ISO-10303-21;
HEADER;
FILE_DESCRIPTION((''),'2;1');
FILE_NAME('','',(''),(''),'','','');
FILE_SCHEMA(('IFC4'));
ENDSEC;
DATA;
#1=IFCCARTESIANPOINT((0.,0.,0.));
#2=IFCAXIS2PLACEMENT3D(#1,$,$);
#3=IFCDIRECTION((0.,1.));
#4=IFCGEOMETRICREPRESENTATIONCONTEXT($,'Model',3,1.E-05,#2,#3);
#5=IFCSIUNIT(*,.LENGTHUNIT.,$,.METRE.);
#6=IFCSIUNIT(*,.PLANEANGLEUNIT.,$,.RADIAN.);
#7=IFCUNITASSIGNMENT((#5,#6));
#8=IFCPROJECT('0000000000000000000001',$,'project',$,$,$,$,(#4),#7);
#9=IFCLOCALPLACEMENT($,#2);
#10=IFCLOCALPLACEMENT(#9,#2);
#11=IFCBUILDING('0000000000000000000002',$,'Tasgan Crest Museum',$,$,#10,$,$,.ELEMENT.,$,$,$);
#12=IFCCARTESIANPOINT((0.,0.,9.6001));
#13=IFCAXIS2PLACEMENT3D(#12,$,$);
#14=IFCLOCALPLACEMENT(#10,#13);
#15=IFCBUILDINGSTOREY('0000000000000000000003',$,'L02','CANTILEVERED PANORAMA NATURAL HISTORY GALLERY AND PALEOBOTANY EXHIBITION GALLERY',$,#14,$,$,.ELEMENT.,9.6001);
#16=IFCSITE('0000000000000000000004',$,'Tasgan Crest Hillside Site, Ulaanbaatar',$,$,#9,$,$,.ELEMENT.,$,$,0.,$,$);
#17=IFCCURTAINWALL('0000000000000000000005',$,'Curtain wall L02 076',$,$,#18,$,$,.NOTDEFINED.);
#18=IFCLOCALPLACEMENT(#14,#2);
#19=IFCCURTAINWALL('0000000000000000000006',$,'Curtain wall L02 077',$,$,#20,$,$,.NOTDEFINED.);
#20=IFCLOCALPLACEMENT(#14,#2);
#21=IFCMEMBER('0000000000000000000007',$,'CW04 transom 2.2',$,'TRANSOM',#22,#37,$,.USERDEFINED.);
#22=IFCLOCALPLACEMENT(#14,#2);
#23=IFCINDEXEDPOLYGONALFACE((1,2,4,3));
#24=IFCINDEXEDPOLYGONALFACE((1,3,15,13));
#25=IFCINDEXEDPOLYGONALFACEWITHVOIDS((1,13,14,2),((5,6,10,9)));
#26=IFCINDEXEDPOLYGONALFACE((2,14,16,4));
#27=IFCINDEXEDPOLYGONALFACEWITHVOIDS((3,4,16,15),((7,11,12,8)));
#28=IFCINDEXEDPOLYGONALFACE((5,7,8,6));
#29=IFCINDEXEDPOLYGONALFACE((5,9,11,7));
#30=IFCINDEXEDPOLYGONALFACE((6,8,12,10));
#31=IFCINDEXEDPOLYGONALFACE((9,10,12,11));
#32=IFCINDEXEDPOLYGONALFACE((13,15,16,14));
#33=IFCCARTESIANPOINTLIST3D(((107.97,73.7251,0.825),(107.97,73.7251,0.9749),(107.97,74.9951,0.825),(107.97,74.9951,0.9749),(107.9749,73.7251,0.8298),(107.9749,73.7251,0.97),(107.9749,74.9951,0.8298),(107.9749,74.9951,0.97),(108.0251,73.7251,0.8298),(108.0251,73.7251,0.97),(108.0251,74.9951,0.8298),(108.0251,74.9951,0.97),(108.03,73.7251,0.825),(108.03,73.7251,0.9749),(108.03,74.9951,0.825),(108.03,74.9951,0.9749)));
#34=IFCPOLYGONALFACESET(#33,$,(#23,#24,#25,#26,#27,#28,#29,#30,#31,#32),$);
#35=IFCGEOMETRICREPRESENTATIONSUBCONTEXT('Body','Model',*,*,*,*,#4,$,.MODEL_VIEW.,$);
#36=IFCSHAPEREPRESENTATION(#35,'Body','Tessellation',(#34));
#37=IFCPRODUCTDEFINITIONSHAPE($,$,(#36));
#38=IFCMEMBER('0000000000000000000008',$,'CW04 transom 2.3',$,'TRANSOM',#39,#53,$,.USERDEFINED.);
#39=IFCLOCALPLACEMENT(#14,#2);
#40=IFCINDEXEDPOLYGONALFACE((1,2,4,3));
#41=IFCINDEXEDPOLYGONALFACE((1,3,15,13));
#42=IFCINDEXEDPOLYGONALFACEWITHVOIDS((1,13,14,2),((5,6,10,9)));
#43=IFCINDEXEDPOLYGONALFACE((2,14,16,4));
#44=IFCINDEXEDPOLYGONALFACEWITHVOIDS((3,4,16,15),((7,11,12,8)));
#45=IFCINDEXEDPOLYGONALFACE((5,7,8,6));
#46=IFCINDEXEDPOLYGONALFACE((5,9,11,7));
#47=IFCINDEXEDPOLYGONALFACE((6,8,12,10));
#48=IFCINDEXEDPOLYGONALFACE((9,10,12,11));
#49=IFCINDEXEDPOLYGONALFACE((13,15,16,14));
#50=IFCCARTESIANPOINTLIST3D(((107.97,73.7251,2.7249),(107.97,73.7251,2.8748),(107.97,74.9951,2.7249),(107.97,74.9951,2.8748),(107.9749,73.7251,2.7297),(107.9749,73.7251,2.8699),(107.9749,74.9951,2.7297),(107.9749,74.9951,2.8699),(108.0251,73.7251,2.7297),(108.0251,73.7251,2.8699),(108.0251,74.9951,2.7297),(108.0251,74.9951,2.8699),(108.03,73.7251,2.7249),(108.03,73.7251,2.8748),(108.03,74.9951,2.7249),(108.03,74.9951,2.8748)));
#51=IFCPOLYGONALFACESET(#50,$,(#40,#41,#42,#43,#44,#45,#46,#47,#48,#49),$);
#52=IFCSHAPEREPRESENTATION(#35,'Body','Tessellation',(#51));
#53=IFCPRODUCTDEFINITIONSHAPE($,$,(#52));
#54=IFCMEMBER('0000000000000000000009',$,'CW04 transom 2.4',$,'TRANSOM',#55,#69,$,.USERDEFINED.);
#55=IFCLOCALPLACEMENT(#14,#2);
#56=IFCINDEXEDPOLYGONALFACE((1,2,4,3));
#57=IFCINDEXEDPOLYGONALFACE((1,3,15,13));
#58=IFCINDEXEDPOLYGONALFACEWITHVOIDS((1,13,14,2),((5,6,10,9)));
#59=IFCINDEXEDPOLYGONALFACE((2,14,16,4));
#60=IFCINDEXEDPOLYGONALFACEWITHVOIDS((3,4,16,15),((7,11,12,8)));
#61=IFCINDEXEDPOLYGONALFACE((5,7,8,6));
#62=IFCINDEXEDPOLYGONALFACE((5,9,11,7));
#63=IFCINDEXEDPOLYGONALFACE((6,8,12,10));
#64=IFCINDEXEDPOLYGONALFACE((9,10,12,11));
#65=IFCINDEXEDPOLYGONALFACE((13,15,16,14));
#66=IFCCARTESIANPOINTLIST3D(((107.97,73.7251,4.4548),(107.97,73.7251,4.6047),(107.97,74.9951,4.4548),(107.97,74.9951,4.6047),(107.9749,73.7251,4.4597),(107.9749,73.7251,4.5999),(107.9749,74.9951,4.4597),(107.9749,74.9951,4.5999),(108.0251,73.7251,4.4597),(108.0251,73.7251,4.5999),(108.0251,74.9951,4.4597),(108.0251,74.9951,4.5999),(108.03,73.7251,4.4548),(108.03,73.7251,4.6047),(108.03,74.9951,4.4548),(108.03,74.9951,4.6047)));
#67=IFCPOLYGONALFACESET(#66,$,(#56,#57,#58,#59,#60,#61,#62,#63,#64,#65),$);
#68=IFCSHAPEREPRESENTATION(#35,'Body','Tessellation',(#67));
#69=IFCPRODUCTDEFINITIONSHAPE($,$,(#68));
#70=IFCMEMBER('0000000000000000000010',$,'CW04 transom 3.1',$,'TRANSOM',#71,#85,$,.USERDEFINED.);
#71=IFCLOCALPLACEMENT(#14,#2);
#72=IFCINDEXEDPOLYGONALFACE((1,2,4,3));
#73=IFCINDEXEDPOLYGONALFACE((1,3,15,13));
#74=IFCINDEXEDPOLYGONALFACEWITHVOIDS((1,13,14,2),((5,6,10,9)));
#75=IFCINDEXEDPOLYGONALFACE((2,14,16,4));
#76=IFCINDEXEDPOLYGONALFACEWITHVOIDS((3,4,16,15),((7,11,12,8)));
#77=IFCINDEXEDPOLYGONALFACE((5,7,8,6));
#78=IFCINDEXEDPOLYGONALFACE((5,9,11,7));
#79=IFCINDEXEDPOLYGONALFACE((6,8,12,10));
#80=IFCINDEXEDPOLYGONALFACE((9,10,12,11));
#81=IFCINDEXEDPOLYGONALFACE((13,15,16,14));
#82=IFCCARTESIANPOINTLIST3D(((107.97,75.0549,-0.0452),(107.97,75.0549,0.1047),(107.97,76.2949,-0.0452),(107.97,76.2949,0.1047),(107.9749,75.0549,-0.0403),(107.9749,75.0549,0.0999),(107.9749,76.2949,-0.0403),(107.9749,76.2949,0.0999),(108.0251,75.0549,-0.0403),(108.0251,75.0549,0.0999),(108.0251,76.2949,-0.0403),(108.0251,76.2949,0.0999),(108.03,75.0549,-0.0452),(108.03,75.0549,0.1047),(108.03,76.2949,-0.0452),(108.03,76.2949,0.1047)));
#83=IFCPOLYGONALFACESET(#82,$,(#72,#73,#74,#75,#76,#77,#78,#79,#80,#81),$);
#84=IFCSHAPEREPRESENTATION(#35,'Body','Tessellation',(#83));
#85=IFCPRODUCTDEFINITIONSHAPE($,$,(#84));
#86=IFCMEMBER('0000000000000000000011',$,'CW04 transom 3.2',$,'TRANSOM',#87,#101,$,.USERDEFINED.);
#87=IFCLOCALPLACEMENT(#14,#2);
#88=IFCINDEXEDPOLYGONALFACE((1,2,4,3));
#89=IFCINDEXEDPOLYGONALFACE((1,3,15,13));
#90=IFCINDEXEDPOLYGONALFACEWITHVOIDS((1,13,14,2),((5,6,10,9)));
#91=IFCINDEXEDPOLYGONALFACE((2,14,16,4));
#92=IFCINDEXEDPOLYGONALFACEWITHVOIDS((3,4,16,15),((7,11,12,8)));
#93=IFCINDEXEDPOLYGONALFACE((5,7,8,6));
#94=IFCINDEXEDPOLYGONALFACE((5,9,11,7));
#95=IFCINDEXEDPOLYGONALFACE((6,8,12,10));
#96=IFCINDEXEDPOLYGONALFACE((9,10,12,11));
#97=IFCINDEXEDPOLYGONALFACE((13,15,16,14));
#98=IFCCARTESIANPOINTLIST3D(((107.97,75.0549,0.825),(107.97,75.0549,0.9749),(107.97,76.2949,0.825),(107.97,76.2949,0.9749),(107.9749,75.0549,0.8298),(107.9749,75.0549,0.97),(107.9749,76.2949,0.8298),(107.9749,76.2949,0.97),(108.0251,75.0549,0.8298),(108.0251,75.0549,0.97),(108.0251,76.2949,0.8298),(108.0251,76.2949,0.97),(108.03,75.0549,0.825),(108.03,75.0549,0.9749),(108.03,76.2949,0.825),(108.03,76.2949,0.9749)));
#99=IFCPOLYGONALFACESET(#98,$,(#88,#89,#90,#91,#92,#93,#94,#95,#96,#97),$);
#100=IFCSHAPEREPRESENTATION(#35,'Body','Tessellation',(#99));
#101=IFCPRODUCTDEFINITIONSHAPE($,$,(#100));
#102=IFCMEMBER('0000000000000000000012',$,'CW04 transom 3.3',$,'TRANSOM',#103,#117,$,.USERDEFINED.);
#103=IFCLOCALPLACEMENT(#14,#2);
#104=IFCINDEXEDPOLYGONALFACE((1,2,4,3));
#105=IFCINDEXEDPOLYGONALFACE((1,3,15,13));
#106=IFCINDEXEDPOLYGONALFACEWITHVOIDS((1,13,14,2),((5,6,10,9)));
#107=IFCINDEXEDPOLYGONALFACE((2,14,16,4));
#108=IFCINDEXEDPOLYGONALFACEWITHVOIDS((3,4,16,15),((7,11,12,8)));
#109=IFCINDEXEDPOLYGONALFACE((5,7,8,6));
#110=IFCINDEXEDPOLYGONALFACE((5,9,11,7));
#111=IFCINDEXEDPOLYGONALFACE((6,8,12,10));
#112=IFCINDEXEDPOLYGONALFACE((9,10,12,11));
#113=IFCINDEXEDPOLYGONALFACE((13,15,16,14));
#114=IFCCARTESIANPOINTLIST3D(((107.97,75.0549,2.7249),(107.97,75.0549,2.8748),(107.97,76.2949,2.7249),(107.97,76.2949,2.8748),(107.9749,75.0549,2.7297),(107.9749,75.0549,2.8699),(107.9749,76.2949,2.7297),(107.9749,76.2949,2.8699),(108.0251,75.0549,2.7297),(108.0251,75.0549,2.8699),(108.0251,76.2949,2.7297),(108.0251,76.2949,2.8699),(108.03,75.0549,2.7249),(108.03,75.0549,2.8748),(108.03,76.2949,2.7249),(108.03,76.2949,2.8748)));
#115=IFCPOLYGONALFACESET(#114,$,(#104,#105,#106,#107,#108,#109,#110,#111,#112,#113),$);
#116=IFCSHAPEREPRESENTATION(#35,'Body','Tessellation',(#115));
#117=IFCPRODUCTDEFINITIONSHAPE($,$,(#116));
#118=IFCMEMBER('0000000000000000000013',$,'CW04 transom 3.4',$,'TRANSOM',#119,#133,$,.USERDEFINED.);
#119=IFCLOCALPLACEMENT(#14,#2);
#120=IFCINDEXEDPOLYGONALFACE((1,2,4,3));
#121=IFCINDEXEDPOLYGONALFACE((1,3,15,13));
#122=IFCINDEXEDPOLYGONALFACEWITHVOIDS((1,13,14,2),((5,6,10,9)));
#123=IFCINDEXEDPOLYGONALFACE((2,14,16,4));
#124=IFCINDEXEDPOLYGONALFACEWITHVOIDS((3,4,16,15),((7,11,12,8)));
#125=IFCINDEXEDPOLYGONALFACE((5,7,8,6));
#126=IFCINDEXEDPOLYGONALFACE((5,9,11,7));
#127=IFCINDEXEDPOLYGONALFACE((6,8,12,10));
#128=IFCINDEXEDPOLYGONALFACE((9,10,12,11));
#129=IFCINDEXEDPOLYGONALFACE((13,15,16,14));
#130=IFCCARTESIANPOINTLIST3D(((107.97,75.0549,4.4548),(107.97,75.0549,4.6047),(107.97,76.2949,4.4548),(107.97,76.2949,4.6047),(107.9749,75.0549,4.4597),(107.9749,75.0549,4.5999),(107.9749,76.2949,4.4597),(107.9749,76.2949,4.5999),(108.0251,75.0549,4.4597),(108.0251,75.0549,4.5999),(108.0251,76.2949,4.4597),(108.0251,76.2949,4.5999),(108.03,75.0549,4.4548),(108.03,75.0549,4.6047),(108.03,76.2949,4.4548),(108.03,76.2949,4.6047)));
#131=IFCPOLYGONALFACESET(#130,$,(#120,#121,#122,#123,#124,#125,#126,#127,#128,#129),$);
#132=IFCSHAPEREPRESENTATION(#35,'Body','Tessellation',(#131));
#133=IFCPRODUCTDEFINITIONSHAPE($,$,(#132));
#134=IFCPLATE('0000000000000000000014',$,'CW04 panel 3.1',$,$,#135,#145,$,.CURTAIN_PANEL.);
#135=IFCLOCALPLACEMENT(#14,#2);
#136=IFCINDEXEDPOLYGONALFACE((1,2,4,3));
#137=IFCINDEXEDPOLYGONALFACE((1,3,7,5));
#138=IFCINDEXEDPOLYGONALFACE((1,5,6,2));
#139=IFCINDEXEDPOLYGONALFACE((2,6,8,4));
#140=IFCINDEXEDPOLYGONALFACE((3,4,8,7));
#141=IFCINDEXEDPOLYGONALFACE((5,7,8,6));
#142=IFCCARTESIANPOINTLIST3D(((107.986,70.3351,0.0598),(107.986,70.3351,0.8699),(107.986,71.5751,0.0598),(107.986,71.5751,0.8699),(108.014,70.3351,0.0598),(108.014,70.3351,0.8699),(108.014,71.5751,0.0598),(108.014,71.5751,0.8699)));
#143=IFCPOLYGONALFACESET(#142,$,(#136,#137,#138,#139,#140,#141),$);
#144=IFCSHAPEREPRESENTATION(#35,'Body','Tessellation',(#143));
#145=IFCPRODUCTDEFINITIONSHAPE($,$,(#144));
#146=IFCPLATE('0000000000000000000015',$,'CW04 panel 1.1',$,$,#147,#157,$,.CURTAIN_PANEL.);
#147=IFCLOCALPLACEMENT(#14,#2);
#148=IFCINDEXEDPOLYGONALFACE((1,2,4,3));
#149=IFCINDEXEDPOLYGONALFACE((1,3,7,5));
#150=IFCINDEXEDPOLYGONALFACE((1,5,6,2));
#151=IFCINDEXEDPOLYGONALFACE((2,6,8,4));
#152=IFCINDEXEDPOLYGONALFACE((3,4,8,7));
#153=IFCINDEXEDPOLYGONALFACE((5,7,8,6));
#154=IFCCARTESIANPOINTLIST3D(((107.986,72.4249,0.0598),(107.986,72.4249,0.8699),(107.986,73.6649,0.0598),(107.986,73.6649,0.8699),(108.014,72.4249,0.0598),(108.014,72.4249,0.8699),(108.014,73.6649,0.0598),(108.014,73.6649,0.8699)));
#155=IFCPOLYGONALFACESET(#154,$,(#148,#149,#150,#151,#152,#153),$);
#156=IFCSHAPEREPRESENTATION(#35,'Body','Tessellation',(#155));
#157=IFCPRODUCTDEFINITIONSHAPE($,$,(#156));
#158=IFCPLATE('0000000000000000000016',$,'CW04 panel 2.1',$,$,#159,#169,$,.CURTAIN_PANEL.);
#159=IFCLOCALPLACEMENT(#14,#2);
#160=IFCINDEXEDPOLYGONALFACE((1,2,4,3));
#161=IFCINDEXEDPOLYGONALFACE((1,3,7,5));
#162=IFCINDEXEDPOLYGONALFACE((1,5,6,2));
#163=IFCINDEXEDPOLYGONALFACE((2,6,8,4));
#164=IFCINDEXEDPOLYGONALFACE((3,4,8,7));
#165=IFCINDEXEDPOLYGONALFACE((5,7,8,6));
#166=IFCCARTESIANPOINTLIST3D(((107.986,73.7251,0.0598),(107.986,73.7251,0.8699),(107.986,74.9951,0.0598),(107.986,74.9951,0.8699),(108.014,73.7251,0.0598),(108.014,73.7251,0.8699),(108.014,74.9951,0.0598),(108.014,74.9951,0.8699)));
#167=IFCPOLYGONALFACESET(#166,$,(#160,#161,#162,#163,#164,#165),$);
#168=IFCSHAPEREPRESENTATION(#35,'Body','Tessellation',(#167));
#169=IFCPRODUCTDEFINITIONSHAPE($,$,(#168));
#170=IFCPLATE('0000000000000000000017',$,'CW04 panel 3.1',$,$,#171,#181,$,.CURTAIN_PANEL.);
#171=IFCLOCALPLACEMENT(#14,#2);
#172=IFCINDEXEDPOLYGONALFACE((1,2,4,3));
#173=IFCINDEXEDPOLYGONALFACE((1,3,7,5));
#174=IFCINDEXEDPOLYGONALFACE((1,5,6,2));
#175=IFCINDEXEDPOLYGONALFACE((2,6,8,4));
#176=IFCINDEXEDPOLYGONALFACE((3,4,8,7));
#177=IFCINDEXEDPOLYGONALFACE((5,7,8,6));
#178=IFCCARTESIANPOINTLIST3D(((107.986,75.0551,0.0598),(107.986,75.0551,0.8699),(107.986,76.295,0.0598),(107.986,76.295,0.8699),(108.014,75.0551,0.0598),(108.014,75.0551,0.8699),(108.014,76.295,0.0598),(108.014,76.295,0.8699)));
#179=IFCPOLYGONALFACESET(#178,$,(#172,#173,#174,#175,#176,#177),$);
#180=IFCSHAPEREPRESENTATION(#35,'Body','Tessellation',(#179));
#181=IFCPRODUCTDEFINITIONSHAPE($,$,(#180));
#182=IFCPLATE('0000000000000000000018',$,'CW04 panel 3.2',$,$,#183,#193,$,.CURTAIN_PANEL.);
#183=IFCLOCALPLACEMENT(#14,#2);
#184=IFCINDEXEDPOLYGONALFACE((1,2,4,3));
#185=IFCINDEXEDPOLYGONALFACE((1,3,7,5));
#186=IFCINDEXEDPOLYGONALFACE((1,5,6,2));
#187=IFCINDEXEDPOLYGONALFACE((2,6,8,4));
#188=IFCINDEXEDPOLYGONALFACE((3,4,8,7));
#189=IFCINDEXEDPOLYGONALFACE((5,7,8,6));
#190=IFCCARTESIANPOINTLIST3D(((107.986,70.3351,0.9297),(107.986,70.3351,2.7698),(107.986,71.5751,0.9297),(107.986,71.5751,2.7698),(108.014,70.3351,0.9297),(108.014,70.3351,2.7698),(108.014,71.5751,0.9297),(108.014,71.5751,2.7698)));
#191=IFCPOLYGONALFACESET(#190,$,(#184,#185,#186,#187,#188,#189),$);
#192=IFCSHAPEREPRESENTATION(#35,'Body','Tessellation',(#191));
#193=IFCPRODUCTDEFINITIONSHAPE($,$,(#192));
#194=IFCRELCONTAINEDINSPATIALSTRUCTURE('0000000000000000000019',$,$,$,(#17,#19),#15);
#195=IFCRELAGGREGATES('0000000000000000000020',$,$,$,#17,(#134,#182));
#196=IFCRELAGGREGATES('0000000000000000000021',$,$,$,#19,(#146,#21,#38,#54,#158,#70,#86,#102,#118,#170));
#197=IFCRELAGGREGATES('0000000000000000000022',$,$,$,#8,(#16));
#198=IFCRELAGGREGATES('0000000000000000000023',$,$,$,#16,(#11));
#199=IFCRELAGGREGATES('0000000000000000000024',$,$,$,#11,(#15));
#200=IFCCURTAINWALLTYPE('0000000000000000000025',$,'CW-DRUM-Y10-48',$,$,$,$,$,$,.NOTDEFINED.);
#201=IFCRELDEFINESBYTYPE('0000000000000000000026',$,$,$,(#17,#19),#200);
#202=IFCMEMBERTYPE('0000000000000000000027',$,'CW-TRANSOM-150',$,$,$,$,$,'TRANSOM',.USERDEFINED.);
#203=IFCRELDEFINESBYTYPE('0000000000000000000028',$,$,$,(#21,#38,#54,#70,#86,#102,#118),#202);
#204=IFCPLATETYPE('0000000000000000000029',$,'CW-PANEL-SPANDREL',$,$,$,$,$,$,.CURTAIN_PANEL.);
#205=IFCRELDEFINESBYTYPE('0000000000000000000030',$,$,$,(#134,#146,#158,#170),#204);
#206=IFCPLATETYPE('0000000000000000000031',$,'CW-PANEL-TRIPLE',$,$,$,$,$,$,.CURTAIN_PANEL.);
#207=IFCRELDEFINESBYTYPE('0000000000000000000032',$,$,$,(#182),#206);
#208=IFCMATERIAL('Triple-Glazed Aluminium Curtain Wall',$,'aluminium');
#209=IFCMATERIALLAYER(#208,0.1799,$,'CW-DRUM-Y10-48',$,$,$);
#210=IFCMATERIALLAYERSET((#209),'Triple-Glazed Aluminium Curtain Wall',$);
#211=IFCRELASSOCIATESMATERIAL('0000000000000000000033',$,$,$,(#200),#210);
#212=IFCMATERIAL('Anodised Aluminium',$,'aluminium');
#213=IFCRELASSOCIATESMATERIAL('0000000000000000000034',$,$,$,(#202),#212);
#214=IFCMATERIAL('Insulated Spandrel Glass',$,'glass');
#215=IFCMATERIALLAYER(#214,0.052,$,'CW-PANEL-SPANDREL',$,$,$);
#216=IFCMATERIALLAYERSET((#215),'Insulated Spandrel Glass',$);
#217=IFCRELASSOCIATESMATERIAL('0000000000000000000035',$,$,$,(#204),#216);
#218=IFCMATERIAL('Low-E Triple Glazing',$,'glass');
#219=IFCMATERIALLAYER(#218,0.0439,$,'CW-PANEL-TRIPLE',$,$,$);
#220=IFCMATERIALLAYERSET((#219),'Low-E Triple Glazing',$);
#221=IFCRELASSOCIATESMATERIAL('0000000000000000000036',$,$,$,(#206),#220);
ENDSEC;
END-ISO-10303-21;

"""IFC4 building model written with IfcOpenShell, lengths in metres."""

from ifc_helpers import new_model, si_unit, direction, frame, origin, origin_2d, place, context, subcontext, project, spatial, rectangle, hollow_rectangle, extrude, material, layer, layer_set, material_profile, profile_set, type_object, element, aggregate, save


model = new_model("IFC4")

# Units and contexts
model_context = context("Model", 3, precision=1e-05, world=origin(), true_north=direction((0.0, 1.0)))
body_context = subcontext(model_context, "Body", "Model", "MODEL_VIEW")
ifc_project = project(units=[si_unit("LENGTHUNIT", "METRE"), si_unit("PLANEANGLEUNIT", "RADIAN")], contexts=[model_context])

# Site, building, storey
site_placement = place(None, origin())
site = spatial("IfcSite", under=ifc_project, at=site_placement, Name="Tasgan Crest Hillside Site, Ulaanbaatar", CompositionType="ELEMENT", RefElevation=0.0)
building_placement = place(site_placement, origin())
building = spatial("IfcBuilding", under=site, at=building_placement, Name="Tasgan Crest Museum", CompositionType="ELEMENT")
storey_placement = place(building_placement, frame((0.0, 0.0, 9.6001)))
storey = spatial("IfcBuildingStorey", under=building, at=storey_placement, Name="L02", Description="CANTILEVERED PANORAMA NATURAL HISTORY GALLERY AND PALEOBOTANY EXHIBITION GALLERY", CompositionType="ELEMENT", Elevation=9.6001)

# Curtain wall
ifc_material_1 = material(Name="Triple-Glazed Aluminium Curtain Wall", Category="aluminium")
ifc_layer_1 = layer(ifc_material_1, 0.1799, Name="CW-DRUM-Y10-48")
ifc_layer_set_1 = layer_set([ifc_layer_1], Name="Triple-Glazed Aluminium Curtain Wall")
curtain_wall_type = type_object("IfcCurtainWallType", Name="CW-DRUM-Y10-48", PredefinedType="NOTDEFINED", material=ifc_layer_set_1)
curtain_wall_1_placement = place(storey_placement, origin())
curtain_wall_1 = element("IfcCurtainWall", 1, at=curtain_wall_1_placement, inside=storey, type_object=curtain_wall_type, Name="Curtain wall L02 076", PredefinedType="NOTDEFINED")

# Curtain wall
curtain_wall_2_placement = place(storey_placement, origin())
curtain_wall_2 = element("IfcCurtainWall", 2, at=curtain_wall_2_placement, inside=storey, type_object=curtain_wall_type, Name="Curtain wall L02 077", PredefinedType="NOTDEFINED")

# Members
ifc_material_2 = material(Name="Anodised Aluminium", Category="aluminium")
ifc_material_profile_1 = material_profile(ifc_material_2, hollow_rectangle(XDim=0.0601, YDim=0.1499, WallThickness=0.0049, at=origin_2d()), Name="ALU TRANSOM 150x60x5")
ifc_profile_set_1 = profile_set([ifc_material_profile_1], Name="Anodised Aluminium")
member_type_1 = type_object("IfcMemberType", Name="CW-TRANSOM-150", ElementType="TRANSOM", PredefinedType="USERDEFINED", material=ifc_profile_set_1)
member_1_placement = place(storey_placement, frame((108.0, 73.7251, 0.8999), z_axis=(0.0, 1.0, 0.0), x_axis=(-1.0, 0.0, 0.0)))
member_1 = element("IfcMember", 3, at=member_1_placement, type_object=member_type_1, Name="CW04 transom 2.2", ObjectType="TRANSOM", PredefinedType="USERDEFINED", context=body_context, shape_type="SweptSolid", body=[
    extrude(hollow_rectangle(XDim=0.0601, YDim=0.1499, WallThickness=0.0049, at=origin_2d()), origin(), (0.0, 0.0, 1.0), 1.27),
])
member_2_placement = place(storey_placement, frame((108.0, 73.7251, 2.7998), z_axis=(0.0, 1.0, 0.0), x_axis=(-1.0, 0.0, 0.0)))
member_2 = element("IfcMember", 4, at=member_2_placement, type_object=member_type_1, Name="CW04 transom 2.3", ObjectType="TRANSOM", PredefinedType="USERDEFINED", context=body_context, shape_type="SweptSolid", body=[
    extrude(hollow_rectangle(XDim=0.0601, YDim=0.1499, WallThickness=0.0049, at=origin_2d()), origin(), (0.0, 0.0, 1.0), 1.27),
])
member_3_placement = place(storey_placement, frame((108.0, 73.7251, 4.5298), z_axis=(0.0, 1.0, 0.0), x_axis=(-1.0, 0.0, 0.0)))
member_3 = element("IfcMember", 5, at=member_3_placement, type_object=member_type_1, Name="CW04 transom 2.4", ObjectType="TRANSOM", PredefinedType="USERDEFINED", context=body_context, shape_type="SweptSolid", body=[
    extrude(hollow_rectangle(XDim=0.0601, YDim=0.1499, WallThickness=0.0049, at=origin_2d()), origin(), (0.0, 0.0, 1.0), 1.27),
])
member_4_placement = place(storey_placement, frame((108.0, 75.0549, 0.0298), z_axis=(0.0, 1.0, 0.0), x_axis=(-1.0, 0.0, 0.0)))
member_4 = element("IfcMember", 6, at=member_4_placement, type_object=member_type_1, Name="CW04 transom 3.1", ObjectType="TRANSOM", PredefinedType="USERDEFINED", context=body_context, shape_type="SweptSolid", body=[
    extrude(hollow_rectangle(XDim=0.0601, YDim=0.1499, WallThickness=0.0049, at=origin_2d()), origin(), (0.0, 0.0, 1.0), 1.24),
])
member_5_placement = place(storey_placement, frame((108.0, 75.0549, 0.8999), z_axis=(0.0, 1.0, 0.0), x_axis=(-1.0, 0.0, 0.0)))
member_5 = element("IfcMember", 7, at=member_5_placement, type_object=member_type_1, Name="CW04 transom 3.2", ObjectType="TRANSOM", PredefinedType="USERDEFINED", context=body_context, shape_type="SweptSolid", body=[
    extrude(hollow_rectangle(XDim=0.0601, YDim=0.1499, WallThickness=0.0049, at=origin_2d()), origin(), (0.0, 0.0, 1.0), 1.24),
])
member_6_placement = place(storey_placement, frame((108.0, 75.0549, 2.7998), z_axis=(0.0, 1.0, 0.0), x_axis=(-1.0, 0.0, 0.0)))
member_6 = element("IfcMember", 8, at=member_6_placement, type_object=member_type_1, Name="CW04 transom 3.3", ObjectType="TRANSOM", PredefinedType="USERDEFINED", context=body_context, shape_type="SweptSolid", body=[
    extrude(hollow_rectangle(XDim=0.0601, YDim=0.1499, WallThickness=0.0049, at=origin_2d()), origin(), (0.0, 0.0, 1.0), 1.24),
])
member_7_placement = place(storey_placement, frame((108.0, 75.0549, 4.5298), z_axis=(0.0, 1.0, 0.0), x_axis=(-1.0, 0.0, 0.0)))
member_7 = element("IfcMember", 9, at=member_7_placement, type_object=member_type_1, Name="CW04 transom 3.4", ObjectType="TRANSOM", PredefinedType="USERDEFINED", context=body_context, shape_type="SweptSolid", body=[
    extrude(hollow_rectangle(XDim=0.0601, YDim=0.1499, WallThickness=0.0049, at=origin_2d()), origin(), (0.0, 0.0, 1.0), 1.24),
])

# Plates
ifc_material_3 = material(Name="Insulated Spandrel Glass", Category="glass")
ifc_layer_2 = layer(ifc_material_3, 0.052, Name="CW-PANEL-SPANDREL")
ifc_layer_set_2 = layer_set([ifc_layer_2], Name="Insulated Spandrel Glass")
plate_type_1 = type_object("IfcPlateType", Name="CW-PANEL-SPANDREL", PredefinedType="CURTAIN_PANEL", material=ifc_layer_set_2)
plate_1_placement = place(storey_placement, frame((108.0, 70.9551, 0.0598), z_axis=(0.0, 0.0, 1.0), x_axis=(0.0, 1.0, 0.0)))
plate_1 = element("IfcPlate", 10, at=plate_1_placement, type_object=plate_type_1, Name="CW04 panel 3.1", PredefinedType="CURTAIN_PANEL", context=body_context, shape_type="SweptSolid", body=[
    extrude(rectangle(XDim=1.24, YDim=0.0281, at=origin_2d()), origin(), (0.0, 0.0, 1.0), 0.8101),
])
plate_2_placement = place(storey_placement, frame((108.0, 73.0449, 0.0598), z_axis=(0.0, 0.0, 1.0), x_axis=(0.0, 1.0, 0.0)))
plate_2 = element("IfcPlate", 11, at=plate_2_placement, type_object=plate_type_1, Name="CW04 panel 1.1", PredefinedType="CURTAIN_PANEL", context=body_context, shape_type="SweptSolid", body=[
    extrude(rectangle(XDim=1.24, YDim=0.0281, at=origin_2d()), origin(), (0.0, 0.0, 1.0), 0.8101),
])
plate_3_placement = place(storey_placement, frame((108.0, 74.3601, 0.0598), z_axis=(0.0, 0.0, 1.0), x_axis=(0.0, 1.0, 0.0)))
plate_3 = element("IfcPlate", 12, at=plate_3_placement, type_object=plate_type_1, Name="CW04 panel 2.1", PredefinedType="CURTAIN_PANEL", context=body_context, shape_type="SweptSolid", body=[
    extrude(rectangle(XDim=1.27, YDim=0.0281, at=origin_2d()), origin(), (0.0, 0.0, 1.0), 0.8101),
])
plate_4_placement = place(storey_placement, frame((108.0, 75.675, 0.0598), z_axis=(0.0, 0.0, 1.0), x_axis=(0.0, 1.0, 0.0)))
plate_4 = element("IfcPlate", 13, at=plate_4_placement, type_object=plate_type_1, Name="CW04 panel 3.1", PredefinedType="CURTAIN_PANEL", context=body_context, shape_type="SweptSolid", body=[
    extrude(rectangle(XDim=1.24, YDim=0.0281, at=origin_2d()), origin(), (0.0, 0.0, 1.0), 0.8101),
])
ifc_material_4 = material(Name="Low-E Triple Glazing", Category="glass")
ifc_layer_3 = layer(ifc_material_4, 0.0439, Name="CW-PANEL-TRIPLE")
ifc_layer_set_3 = layer_set([ifc_layer_3], Name="Low-E Triple Glazing")
plate_type_2 = type_object("IfcPlateType", Name="CW-PANEL-TRIPLE", PredefinedType="CURTAIN_PANEL", material=ifc_layer_set_3)
plate_5_placement = place(storey_placement, frame((108.0, 70.9551, 0.9297), z_axis=(0.0, 0.0, 1.0), x_axis=(0.0, 1.0, 0.0)))
plate_5 = element("IfcPlate", 14, at=plate_5_placement, type_object=plate_type_2, Name="CW04 panel 3.2", PredefinedType="CURTAIN_PANEL", context=body_context, shape_type="SweptSolid", body=[
    extrude(rectangle(XDim=1.24, YDim=0.0281, at=origin_2d()), origin(), (0.0, 0.0, 1.0), 1.8401),
])
aggregate(curtain_wall_1, [plate_1, plate_5])
aggregate(curtain_wall_2, [plate_2, member_1, member_2, member_3, plate_3, member_4, member_5, member_6, member_7, plate_4])

save(model, "model.ifc")
